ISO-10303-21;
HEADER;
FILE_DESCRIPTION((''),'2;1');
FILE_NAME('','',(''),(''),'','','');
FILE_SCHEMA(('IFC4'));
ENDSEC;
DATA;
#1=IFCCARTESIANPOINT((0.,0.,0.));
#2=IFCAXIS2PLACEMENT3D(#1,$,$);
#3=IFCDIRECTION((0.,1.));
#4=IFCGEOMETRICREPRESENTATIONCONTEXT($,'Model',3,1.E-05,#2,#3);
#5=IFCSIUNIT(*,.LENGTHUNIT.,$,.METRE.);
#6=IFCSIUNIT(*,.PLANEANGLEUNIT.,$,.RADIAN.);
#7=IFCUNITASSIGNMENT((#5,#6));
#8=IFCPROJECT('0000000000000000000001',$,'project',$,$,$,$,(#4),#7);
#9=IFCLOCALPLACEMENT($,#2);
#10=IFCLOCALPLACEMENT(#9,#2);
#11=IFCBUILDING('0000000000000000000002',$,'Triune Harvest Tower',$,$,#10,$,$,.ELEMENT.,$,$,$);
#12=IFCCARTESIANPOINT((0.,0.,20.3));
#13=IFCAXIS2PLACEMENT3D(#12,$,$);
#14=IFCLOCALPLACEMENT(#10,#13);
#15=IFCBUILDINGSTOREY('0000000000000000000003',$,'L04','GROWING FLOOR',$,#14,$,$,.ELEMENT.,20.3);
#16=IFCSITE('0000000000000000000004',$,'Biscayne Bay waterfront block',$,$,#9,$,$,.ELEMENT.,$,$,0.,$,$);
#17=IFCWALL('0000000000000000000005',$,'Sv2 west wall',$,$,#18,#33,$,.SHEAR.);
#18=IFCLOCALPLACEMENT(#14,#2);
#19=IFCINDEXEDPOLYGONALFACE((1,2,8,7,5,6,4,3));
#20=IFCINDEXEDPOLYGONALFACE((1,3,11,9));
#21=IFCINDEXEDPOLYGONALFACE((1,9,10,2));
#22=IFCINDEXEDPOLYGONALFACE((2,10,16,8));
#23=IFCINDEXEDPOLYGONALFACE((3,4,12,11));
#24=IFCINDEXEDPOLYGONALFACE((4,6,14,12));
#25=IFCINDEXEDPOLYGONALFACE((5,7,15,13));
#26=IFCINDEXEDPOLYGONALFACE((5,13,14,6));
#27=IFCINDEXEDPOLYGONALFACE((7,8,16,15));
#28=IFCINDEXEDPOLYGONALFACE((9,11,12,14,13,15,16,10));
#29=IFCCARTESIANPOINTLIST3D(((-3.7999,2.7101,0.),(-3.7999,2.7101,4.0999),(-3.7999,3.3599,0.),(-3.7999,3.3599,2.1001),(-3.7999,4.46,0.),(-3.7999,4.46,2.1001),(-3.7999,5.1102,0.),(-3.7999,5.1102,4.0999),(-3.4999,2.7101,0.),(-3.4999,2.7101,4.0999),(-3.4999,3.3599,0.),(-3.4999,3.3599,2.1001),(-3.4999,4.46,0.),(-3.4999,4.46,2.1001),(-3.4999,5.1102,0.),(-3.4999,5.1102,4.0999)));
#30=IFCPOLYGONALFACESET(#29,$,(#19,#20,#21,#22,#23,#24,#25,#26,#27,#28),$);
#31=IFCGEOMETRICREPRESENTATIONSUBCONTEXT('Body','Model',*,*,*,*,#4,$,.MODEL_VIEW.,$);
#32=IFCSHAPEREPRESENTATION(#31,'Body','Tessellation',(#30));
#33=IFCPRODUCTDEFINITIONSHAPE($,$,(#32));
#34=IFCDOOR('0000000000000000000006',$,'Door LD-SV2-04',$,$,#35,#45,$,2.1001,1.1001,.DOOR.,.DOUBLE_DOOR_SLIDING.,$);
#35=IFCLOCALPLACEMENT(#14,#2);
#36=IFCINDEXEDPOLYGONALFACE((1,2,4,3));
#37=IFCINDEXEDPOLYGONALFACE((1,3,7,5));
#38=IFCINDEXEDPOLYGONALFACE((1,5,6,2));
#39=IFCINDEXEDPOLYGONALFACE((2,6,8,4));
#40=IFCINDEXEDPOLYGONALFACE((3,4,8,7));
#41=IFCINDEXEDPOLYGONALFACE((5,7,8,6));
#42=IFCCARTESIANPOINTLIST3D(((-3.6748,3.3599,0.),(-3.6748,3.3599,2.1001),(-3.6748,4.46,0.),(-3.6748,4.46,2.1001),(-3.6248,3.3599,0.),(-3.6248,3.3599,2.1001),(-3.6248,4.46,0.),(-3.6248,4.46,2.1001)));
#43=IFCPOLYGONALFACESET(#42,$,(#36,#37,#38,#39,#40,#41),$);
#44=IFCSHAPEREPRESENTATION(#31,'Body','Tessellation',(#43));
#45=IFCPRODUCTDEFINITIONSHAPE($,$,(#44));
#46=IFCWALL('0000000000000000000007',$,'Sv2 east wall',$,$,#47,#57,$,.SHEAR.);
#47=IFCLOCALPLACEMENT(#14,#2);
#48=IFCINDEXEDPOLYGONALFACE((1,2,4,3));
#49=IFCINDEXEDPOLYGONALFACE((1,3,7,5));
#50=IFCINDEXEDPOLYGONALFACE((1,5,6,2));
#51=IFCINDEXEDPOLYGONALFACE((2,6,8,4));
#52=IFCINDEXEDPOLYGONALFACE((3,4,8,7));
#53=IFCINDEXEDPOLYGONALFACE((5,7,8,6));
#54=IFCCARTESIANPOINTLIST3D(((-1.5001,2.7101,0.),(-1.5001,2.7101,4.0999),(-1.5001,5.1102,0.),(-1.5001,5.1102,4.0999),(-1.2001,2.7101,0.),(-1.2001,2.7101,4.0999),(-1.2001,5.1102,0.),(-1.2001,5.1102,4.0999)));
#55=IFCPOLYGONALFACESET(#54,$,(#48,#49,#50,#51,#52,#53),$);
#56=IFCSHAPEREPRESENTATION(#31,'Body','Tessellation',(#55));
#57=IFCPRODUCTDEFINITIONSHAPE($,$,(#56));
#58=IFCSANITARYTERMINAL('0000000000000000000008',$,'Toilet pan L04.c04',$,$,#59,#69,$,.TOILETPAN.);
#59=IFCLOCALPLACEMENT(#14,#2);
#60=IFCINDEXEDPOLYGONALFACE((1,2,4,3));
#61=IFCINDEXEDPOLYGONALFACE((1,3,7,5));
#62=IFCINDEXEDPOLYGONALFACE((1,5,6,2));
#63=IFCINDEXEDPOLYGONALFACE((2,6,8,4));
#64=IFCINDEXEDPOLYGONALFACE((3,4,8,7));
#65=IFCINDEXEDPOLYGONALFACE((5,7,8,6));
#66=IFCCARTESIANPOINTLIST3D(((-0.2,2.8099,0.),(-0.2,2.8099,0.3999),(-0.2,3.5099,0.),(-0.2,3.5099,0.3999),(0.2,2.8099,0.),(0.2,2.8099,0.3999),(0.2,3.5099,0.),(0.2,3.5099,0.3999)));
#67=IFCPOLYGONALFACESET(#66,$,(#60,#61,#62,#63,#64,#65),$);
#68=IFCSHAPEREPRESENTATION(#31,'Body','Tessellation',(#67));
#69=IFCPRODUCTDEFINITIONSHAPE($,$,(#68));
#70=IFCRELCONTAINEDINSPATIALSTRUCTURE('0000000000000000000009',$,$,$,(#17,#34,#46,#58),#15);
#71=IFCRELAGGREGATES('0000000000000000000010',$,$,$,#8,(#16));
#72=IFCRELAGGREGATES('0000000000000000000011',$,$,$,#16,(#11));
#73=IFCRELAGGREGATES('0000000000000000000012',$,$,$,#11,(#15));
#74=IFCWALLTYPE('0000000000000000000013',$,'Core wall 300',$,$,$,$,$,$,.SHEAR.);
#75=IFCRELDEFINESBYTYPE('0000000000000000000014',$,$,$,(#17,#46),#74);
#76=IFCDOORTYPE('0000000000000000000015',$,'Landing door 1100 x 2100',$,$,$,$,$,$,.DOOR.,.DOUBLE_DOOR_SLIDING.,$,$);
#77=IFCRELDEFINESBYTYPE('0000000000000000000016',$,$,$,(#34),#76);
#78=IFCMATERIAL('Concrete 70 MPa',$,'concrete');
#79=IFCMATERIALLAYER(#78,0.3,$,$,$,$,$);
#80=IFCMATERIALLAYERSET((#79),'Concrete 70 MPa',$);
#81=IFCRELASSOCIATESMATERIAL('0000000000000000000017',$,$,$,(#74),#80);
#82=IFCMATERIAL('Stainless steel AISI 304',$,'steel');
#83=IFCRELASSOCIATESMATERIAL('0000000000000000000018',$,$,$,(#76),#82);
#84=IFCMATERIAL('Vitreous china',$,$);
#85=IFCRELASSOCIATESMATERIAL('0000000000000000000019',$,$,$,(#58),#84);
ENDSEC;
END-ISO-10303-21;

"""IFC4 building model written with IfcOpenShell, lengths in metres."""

from ifc_helpers import new_model, si_unit, direction, frame, frame_2d, origin, origin_2d, place, context, subcontext, project, spatial, rectangle, extrude, source, transform, mapped, material, layer, layer_set, type_object, element, fill, save


model = new_model("IFC4")

# Units and contexts
model_context = context("Model", 3, precision=1e-05, world=origin(), true_north=direction((0.0, 1.0)))
body_context = subcontext(model_context, "Body", "Model", "MODEL_VIEW")
ifc_project = project(units=[si_unit("LENGTHUNIT", "METRE"), si_unit("PLANEANGLEUNIT", "RADIAN")], contexts=[model_context])

# Site, building, storey
site_placement = place(None, origin())
site = spatial("IfcSite", under=ifc_project, at=site_placement, Name="Biscayne Bay waterfront block", CompositionType="ELEMENT", RefElevation=0.0)
building_placement = place(site_placement, origin())
building = spatial("IfcBuilding", under=site, at=building_placement, Name="Triune Harvest Tower", CompositionType="ELEMENT")
storey_placement = place(building_placement, frame((0.0, 0.0, 20.3)))
storey = spatial("IfcBuildingStorey", under=building, at=storey_placement, Name="L04", Description="GROWING FLOOR", CompositionType="ELEMENT", Elevation=20.3)

# Shared definitions
ifc_material_1 = material(Name="Concrete 70 MPa", Category="concrete")
ifc_layer = layer(ifc_material_1, 0.3)
ifc_layer_set = layer_set([ifc_layer], Name="Concrete 70 MPa")
wall_type = type_object("IfcWallType", Name="Core wall 300", PredefinedType="SHEAR", material=ifc_layer_set)
ifc_material_2 = material(Name="Stainless steel AISI 304", Category="steel")
door_type = type_object("IfcDoorType", Name="Landing door 1100 x 2100", OperationType="DOUBLE_DOOR_SLIDING", PredefinedType="DOOR", material=ifc_material_2)

# Shared definitions
shared_shape_1 = source(origin(), body_context, "Body", "SweptSolid", [
    extrude(rectangle(XDim=2.4001, YDim=0.3, at=frame_2d((1.2002, 0.0))), origin(), (0.0, 0.0, 1.0), 4.0999),
])

# Wall, opening, door
wall_1_placement = place(storey_placement, frame((-3.6499, 2.71, 0.0), z_axis=(0.0, 0.0, 1.0), x_axis=(0.0, 1.0, 0.0)))
wall_1 = element("IfcWall", 1, at=wall_1_placement, inside=storey, type_object=wall_type, Name="Sv2 west wall", PredefinedType="SHEAR", context=body_context, shape_type="MappedRepresentation", body=[
    mapped(shared_shape_1, transform((0.0, 0.0, 0.0), scale=1.0)),
])
opening_1_placement = place(wall_1_placement, frame((0.6499, 0.0, 0.0)))
opening_1 = element("IfcOpeningElement", 2, at=opening_1_placement, cuts=wall_1, PredefinedType="OPENING", context=body_context, shape_type="SweptSolid", body=[
    extrude(rectangle(XDim=1.1001, YDim=2.1001, at=frame_2d((0.55, 1.05))), frame((0.0, 0.1602, 0.0), z_axis=(0.0, -1.0, 0.0), x_axis=(1.0, 0.0, 0.0)), (0.0, 0.0, 1.0), 0.3201),
])
door_1_placement = place(opening_1_placement, origin())
door_1 = element("IfcDoor", 3, at=door_1_placement, inside=storey, type_object=door_type, Name="Door LD-SV2-04", OperationType="DOUBLE_DOOR_SLIDING", OverallHeight=2.1001, OverallWidth=1.1001, PredefinedType="DOOR", context=body_context, shape_type="SweptSolid", body=[
    extrude(rectangle(XDim=1.1001, YDim=2.1001, at=frame_2d((0.55, 1.05))), frame((0.0, 0.0249, 0.0), z_axis=(0.0, -1.0, 0.0), x_axis=(1.0, 0.0, 0.0)), (0.0, 0.0, 1.0), 0.05),
])
fill(opening_1, door_1)

# Wall
wall_2_placement = place(storey_placement, frame((-1.3501, 2.71, 0.0), z_axis=(0.0, 0.0, 1.0), x_axis=(0.0, 1.0, 0.0)))
element("IfcWall", 4, at=wall_2_placement, inside=storey, type_object=wall_type, Name="Sv2 east wall", PredefinedType="SHEAR", context=body_context, shape_type="MappedRepresentation", body=[
    mapped(shared_shape_1, transform((0.0, 0.0, 0.0), scale=1.0)),
])

# Sanitary terminal
ifc_material_3 = material(Name="Vitreous china")
shared_shape_2 = source(origin(), body_context, "Body", "SweptSolid", [
    extrude(rectangle(XDim=0.3999, YDim=0.7, at=origin_2d()), origin(), (0.0, 0.0, 1.0), 0.3999),
])
sanitary_terminal_placement = place(storey_placement, frame((0.0, 3.1599, 0.0), z_axis=(0.0, 0.0, 1.0), x_axis=(-1.0, 0.0, 0.0)))
element("IfcSanitaryTerminal", 5, at=sanitary_terminal_placement, inside=storey, material=ifc_material_3, Name="Toilet pan L04.c04", PredefinedType="TOILETPAN", context=body_context, shape_type="MappedRepresentation", body=[
    mapped(shared_shape_2, transform((0.0, 0.0, 0.0), scale=1.0)),
])

save(model, "model.ifc")
